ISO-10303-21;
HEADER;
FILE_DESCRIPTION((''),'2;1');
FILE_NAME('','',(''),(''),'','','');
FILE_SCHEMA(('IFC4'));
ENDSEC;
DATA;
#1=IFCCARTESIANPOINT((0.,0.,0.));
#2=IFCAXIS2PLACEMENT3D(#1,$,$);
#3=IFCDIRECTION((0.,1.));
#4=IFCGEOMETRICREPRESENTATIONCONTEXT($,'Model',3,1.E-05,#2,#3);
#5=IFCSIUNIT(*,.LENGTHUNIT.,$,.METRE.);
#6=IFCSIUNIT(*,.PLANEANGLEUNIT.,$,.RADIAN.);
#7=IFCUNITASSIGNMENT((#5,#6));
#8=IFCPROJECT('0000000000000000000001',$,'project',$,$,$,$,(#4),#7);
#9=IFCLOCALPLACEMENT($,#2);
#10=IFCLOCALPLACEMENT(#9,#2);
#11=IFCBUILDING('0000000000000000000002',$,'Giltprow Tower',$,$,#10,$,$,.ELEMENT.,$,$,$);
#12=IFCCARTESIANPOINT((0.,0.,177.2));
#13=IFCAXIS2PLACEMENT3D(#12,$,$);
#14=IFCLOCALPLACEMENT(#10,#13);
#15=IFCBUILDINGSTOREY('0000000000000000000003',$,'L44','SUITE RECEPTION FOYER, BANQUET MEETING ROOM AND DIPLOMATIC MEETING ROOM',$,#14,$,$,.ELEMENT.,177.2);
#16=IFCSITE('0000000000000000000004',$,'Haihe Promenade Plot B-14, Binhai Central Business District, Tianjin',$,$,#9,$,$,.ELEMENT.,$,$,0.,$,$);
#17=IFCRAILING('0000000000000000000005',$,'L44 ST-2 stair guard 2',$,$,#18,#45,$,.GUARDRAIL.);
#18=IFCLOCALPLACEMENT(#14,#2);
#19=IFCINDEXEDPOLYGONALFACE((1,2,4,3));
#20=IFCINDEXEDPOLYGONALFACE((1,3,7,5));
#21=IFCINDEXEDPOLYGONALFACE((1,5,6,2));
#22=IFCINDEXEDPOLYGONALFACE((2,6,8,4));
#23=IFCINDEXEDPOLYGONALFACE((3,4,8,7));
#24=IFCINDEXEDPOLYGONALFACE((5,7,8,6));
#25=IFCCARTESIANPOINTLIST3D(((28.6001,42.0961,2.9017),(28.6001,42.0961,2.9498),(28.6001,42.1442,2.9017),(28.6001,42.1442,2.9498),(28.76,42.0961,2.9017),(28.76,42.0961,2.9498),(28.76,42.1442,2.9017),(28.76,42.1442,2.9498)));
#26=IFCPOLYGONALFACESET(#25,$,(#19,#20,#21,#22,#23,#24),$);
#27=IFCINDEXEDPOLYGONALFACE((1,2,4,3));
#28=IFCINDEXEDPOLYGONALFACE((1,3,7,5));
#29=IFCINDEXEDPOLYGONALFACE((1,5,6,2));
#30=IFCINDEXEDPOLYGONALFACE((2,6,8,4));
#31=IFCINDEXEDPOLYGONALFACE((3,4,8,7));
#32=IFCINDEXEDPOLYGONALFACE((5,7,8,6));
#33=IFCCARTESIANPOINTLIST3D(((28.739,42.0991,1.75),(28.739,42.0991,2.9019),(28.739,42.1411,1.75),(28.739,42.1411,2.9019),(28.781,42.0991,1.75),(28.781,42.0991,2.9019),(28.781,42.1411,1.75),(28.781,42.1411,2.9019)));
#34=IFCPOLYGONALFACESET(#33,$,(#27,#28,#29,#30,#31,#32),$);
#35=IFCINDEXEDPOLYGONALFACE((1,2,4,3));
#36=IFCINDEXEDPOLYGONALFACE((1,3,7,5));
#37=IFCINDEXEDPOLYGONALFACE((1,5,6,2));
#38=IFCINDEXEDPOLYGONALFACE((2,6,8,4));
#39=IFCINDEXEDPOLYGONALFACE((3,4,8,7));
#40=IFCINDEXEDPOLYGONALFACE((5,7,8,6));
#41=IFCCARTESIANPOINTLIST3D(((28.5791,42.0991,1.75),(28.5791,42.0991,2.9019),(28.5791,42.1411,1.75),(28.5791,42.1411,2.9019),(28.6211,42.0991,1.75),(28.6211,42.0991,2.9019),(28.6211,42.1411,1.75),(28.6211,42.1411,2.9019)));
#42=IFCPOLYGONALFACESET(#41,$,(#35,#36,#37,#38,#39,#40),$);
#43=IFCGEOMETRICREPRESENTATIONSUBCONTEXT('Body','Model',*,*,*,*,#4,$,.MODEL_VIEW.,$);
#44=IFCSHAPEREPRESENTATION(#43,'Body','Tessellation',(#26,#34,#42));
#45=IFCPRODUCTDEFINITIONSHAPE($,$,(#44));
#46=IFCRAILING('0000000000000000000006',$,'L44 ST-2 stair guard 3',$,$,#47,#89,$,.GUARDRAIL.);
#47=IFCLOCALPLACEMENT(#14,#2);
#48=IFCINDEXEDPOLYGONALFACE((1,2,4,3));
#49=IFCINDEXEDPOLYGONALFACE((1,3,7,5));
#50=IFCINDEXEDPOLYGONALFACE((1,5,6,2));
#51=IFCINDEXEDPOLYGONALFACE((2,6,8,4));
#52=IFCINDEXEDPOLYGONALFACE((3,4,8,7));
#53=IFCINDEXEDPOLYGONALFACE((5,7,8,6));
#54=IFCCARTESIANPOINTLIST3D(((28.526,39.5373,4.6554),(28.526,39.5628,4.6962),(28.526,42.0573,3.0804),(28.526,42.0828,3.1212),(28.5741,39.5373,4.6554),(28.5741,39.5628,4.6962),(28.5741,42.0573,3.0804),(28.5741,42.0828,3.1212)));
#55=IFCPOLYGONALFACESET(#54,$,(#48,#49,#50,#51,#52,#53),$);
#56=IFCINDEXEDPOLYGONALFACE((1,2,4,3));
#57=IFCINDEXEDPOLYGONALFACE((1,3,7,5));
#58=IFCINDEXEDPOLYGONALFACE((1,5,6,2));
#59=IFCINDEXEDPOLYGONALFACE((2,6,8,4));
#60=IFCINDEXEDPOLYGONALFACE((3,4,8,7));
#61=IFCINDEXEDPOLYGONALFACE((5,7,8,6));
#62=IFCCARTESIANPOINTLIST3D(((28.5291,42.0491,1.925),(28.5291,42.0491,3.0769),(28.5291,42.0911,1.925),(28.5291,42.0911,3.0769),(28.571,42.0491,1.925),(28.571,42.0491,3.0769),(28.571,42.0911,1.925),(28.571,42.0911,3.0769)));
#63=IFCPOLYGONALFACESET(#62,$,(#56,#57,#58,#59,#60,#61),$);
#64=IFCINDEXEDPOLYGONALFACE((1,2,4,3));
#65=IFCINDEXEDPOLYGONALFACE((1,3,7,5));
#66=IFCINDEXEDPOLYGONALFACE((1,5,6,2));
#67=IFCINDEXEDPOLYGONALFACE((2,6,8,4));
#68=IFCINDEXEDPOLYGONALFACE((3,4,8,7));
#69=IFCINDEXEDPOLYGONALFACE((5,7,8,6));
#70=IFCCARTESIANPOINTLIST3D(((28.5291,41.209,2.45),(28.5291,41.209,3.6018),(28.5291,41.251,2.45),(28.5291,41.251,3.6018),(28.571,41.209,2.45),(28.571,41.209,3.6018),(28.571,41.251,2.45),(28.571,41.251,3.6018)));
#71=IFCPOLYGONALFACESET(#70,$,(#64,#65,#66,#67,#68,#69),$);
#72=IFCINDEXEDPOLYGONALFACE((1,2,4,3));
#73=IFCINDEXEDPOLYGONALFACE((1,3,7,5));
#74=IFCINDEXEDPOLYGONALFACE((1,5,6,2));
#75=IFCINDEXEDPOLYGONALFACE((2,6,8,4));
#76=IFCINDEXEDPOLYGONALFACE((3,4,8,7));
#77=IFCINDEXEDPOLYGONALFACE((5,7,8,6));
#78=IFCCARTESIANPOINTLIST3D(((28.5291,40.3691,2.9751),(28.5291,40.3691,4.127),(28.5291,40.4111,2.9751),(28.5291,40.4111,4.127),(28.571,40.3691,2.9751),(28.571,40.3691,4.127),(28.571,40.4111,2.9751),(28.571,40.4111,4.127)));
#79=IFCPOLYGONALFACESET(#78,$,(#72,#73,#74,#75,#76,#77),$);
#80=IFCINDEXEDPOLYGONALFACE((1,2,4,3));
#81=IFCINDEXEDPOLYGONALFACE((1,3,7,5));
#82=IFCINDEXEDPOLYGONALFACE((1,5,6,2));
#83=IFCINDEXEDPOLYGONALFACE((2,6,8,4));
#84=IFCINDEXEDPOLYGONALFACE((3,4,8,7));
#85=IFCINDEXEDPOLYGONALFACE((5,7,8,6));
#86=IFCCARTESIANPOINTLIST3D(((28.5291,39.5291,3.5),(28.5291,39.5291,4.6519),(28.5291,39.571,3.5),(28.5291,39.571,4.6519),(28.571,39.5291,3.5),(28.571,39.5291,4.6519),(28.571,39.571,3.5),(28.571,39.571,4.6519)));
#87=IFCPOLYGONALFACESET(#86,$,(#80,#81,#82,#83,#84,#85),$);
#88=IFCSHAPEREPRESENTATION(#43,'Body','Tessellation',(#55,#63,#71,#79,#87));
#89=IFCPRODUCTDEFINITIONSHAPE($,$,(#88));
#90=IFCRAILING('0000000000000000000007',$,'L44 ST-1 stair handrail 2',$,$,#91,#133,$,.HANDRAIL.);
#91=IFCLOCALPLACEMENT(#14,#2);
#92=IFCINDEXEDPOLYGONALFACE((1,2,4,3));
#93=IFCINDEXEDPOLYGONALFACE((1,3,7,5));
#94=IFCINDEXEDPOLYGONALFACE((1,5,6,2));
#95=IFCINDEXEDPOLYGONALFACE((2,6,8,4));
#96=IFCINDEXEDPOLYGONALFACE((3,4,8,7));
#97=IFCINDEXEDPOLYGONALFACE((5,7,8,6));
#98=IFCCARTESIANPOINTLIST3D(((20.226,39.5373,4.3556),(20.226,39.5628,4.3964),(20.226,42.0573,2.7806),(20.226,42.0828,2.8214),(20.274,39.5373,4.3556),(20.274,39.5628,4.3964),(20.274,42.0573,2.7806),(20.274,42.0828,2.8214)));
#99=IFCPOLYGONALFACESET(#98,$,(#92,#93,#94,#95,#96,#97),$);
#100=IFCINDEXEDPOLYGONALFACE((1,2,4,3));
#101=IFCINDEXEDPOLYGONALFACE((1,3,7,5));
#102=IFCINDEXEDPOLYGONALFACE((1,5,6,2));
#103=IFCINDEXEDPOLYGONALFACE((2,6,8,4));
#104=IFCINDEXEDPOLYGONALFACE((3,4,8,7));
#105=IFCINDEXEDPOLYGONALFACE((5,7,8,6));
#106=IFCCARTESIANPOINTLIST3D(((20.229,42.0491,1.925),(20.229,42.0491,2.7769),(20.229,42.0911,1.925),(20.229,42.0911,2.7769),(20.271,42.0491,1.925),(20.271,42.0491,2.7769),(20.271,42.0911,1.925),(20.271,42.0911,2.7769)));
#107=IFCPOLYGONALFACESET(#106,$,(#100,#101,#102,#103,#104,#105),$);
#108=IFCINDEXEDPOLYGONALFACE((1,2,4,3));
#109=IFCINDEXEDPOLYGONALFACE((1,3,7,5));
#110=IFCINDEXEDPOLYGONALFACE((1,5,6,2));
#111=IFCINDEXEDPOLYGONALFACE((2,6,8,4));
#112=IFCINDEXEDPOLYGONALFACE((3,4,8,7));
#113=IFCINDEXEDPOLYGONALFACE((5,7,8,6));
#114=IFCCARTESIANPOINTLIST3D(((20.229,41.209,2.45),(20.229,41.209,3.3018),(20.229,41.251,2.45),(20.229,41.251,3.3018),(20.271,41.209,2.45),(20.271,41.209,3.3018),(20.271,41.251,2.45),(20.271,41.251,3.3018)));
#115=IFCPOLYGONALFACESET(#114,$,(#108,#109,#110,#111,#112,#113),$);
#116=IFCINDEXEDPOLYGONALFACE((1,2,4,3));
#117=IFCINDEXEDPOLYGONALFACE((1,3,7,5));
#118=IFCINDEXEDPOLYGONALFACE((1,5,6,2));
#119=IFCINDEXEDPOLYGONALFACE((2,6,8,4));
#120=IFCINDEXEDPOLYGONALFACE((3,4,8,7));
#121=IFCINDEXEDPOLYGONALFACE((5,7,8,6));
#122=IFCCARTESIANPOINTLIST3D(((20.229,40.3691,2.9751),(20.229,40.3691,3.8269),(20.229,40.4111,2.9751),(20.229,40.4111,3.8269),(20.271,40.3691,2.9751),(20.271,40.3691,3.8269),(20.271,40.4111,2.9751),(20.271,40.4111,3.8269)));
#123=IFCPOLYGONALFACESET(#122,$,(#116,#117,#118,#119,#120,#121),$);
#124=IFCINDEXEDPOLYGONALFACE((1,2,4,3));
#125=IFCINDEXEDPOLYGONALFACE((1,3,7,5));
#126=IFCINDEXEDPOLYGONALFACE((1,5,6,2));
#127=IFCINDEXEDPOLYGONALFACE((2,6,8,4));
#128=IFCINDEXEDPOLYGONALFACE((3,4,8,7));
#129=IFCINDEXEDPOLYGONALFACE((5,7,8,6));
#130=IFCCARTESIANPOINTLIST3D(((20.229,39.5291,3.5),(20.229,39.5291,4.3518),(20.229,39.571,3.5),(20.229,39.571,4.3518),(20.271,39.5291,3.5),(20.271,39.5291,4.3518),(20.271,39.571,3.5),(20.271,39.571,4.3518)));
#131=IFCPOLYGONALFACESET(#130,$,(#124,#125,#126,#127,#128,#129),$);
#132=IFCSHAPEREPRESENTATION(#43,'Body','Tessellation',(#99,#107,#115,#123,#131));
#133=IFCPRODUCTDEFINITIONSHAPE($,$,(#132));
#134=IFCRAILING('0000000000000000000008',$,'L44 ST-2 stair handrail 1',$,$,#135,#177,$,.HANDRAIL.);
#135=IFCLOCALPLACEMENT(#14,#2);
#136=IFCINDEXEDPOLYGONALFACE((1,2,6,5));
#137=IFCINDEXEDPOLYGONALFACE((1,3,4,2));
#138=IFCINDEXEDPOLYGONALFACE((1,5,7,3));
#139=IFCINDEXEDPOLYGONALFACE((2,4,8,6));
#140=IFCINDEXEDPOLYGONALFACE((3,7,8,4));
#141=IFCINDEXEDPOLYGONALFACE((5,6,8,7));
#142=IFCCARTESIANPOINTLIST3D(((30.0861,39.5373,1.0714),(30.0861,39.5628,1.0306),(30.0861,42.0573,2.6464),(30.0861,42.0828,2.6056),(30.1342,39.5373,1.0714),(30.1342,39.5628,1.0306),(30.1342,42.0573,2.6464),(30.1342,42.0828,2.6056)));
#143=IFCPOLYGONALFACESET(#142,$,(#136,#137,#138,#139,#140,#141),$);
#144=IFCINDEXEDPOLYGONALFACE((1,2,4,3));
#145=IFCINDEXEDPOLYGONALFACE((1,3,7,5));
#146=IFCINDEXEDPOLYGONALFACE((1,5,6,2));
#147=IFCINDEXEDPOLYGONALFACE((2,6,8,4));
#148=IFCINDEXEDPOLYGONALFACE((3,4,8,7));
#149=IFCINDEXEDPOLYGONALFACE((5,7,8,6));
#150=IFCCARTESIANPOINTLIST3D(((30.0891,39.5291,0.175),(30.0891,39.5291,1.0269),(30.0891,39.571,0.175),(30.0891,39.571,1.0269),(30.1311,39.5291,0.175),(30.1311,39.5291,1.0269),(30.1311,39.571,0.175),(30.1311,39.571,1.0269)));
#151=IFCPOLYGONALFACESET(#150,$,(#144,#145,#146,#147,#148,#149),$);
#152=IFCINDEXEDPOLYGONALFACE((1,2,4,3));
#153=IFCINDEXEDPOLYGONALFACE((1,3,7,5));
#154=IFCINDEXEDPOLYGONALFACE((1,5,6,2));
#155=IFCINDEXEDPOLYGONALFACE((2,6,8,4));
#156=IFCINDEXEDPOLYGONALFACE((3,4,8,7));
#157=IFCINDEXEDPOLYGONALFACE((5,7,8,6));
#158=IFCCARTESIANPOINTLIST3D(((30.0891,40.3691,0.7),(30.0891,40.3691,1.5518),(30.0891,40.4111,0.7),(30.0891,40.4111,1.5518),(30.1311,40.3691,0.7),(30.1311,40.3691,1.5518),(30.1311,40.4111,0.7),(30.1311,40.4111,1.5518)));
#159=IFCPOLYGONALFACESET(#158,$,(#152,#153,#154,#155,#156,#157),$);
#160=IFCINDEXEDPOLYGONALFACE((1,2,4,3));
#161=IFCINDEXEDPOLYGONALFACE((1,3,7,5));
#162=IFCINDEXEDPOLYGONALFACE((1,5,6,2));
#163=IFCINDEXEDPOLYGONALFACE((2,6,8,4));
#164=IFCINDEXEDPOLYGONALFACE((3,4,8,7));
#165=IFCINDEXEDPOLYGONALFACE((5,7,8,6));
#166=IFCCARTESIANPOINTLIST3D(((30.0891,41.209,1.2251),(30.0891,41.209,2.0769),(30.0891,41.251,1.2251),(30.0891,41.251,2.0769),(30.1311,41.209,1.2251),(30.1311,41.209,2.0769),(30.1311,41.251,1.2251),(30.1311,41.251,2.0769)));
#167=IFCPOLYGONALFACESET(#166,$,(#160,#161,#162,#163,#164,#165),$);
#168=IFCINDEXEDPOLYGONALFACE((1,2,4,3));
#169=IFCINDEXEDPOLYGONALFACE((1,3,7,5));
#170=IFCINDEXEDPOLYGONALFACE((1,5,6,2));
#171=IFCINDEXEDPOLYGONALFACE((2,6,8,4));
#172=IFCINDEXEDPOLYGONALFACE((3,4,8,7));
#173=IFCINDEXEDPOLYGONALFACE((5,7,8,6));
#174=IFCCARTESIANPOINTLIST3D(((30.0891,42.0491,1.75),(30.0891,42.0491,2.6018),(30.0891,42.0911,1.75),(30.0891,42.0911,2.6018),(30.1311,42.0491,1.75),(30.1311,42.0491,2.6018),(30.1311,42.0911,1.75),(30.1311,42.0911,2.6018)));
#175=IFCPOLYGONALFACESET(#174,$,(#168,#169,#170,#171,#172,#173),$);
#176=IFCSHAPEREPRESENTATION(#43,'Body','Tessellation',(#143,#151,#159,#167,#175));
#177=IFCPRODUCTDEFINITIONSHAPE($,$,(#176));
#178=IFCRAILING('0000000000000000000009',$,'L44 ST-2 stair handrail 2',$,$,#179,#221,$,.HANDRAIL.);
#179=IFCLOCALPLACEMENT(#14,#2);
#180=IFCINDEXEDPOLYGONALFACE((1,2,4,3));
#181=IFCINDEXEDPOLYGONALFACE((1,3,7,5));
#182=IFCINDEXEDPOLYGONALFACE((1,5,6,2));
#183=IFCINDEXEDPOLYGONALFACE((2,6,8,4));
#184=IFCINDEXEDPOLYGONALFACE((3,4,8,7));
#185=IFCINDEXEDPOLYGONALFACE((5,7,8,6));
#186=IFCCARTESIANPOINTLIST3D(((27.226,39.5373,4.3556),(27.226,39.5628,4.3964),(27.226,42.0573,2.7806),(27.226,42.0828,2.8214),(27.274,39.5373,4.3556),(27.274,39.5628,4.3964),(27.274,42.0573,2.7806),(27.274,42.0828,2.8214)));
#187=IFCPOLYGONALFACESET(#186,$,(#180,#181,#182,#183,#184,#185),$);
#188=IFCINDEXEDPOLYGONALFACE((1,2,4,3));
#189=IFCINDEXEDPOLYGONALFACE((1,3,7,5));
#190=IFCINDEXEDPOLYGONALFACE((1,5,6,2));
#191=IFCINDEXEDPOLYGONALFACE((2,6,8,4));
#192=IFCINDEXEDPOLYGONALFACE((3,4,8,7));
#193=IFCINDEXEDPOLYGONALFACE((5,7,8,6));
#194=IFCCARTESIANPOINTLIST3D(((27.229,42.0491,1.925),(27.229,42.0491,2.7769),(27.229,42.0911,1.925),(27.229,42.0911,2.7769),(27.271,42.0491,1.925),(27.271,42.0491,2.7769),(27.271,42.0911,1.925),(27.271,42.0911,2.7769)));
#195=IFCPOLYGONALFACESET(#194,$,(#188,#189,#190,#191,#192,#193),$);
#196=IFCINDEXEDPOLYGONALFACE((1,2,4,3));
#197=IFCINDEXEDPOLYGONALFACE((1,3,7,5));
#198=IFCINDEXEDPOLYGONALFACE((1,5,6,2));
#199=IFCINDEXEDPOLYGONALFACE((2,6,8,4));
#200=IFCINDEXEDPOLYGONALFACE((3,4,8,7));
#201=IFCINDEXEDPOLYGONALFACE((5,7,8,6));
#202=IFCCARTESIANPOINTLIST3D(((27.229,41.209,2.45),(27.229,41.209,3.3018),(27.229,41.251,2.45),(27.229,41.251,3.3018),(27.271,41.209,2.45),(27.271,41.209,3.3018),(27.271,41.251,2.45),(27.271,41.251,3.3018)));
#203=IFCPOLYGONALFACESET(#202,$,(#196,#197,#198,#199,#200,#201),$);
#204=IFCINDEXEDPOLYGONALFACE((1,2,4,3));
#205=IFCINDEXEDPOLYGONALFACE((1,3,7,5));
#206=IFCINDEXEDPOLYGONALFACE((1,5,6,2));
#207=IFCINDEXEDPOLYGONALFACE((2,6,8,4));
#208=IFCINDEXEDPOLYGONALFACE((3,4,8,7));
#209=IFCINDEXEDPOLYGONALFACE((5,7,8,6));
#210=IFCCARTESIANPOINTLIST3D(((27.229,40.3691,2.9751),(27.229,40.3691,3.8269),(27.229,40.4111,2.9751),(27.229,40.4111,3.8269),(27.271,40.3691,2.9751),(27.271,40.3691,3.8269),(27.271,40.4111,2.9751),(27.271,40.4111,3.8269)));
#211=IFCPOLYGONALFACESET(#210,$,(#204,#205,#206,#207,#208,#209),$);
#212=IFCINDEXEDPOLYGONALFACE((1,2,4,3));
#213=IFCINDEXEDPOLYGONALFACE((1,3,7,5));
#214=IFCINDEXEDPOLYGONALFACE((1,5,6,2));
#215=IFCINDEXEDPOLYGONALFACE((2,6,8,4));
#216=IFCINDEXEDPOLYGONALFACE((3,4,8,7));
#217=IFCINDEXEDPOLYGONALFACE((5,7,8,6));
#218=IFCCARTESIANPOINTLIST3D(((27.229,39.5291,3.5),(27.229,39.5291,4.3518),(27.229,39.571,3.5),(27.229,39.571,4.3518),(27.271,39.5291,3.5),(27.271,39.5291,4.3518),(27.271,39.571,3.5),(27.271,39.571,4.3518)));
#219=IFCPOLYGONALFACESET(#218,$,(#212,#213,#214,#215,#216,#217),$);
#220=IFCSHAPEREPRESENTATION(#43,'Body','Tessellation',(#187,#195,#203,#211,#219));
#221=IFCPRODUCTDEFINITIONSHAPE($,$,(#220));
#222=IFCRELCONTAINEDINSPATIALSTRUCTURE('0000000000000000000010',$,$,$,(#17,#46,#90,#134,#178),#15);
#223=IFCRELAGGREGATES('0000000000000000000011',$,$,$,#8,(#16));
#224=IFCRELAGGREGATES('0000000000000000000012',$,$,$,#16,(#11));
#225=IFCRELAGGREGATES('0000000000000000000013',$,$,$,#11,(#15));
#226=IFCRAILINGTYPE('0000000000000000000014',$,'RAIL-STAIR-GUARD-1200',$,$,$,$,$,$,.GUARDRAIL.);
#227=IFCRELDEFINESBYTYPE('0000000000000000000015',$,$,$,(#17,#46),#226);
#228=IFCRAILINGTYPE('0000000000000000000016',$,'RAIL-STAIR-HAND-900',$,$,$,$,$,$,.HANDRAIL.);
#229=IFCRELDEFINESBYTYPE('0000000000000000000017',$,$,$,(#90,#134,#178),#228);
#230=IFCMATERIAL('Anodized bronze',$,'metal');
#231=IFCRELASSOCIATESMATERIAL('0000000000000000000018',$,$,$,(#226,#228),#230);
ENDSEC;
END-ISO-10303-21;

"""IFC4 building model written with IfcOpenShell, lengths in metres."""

from ifc_helpers import new_model, si_unit, direction, frame, origin, origin_2d, place, context, subcontext, project, spatial, rectangle, extrude, material, type_object, element, save


model = new_model("IFC4")

# Units and contexts
model_context = context("Model", 3, precision=1e-05, world=origin(), true_north=direction((0.0, 1.0)))
body_context = subcontext(model_context, "Body", "Model", "MODEL_VIEW")
ifc_project = project(units=[si_unit("LENGTHUNIT", "METRE"), si_unit("PLANEANGLEUNIT", "RADIAN")], contexts=[model_context])

# Site, building, storey
site_placement = place(None, origin())
site = spatial("IfcSite", under=ifc_project, at=site_placement, Name="Haihe Promenade Plot B-14, Binhai Central Business District, Tianjin", CompositionType="ELEMENT", RefElevation=0.0)
building_placement = place(site_placement, origin())
building = spatial("IfcBuilding", under=site, at=building_placement, Name="Giltprow Tower", CompositionType="ELEMENT")
storey_placement = place(building_placement, frame((0.0, 0.0, 177.2)))
storey = spatial("IfcBuildingStorey", under=building, at=storey_placement, Name="L44", Description="SUITE RECEPTION FOYER, BANQUET MEETING ROOM AND DIPLOMATIC MEETING ROOM", CompositionType="ELEMENT", Elevation=177.2)

# Railings
ifc_material_1 = material(Name="Anodized bronze", Category="metal")
railing_type_1 = type_object("IfcRailingType", Name="RAIL-STAIR-GUARD-1200", PredefinedType="GUARDRAIL", material=ifc_material_1)
railing_1_placement = place(storey_placement, frame((28.76, 42.1201, 1.75)))
element("IfcRailing", 1, at=railing_1_placement, inside=storey, type_object=railing_type_1, Name="L44 ST-2 stair guard 2", PredefinedType="GUARDRAIL", context=body_context, shape_type="SweptSolid", body=[
    extrude(rectangle(XDim=0.0481, YDim=0.0481, at=origin_2d()), frame((0.0, 0.0, 1.1758), z_axis=(-1.0, 0.0, 0.0), x_axis=(0.0, -1.0, 0.0)), (0.0, 0.0, 1.0), 0.1599),
    extrude(rectangle(XDim=0.042, YDim=0.042, at=origin_2d()), origin(), (0.0, 0.0, 1.0), 1.1519),
    extrude(rectangle(XDim=0.042, YDim=0.042, at=origin_2d()), frame((-0.1599, 0.0, 0.0)), (0.0, 0.0, 1.0), 1.1519),
])
railing_2_placement = place(storey_placement, frame((28.55, 42.0701, 1.925)))
element("IfcRailing", 2, at=railing_2_placement, inside=storey, type_object=railing_type_1, Name="L44 ST-2 stair guard 3", PredefinedType="GUARDRAIL", context=body_context, shape_type="SweptSolid", body=[
    extrude(rectangle(XDim=0.0481, YDim=0.0481, at=origin_2d()), frame((0.0, 0.0, 1.1758), z_axis=(0.0, -0.848008, 0.529984), x_axis=(1.0, 0.0, 0.0)), (0.0, 0.0, 1.0), 2.9717),
    extrude(rectangle(XDim=0.042, YDim=0.042, at=origin_2d()), origin(), (0.0, 0.0, 1.0), 1.1519),
    extrude(rectangle(XDim=0.042, YDim=0.042, at=origin_2d()), frame((0.0, -0.8401, 0.5249)), (0.0, 0.0, 1.0), 1.1519),
    extrude(rectangle(XDim=0.042, YDim=0.042, at=origin_2d()), frame((0.0, -1.6799, 1.05)), (0.0, 0.0, 1.0), 1.1519),
    extrude(rectangle(XDim=0.042, YDim=0.042, at=origin_2d()), frame((0.0, -2.52, 1.575)), (0.0, 0.0, 1.0), 1.1519),
])
railing_type_2 = type_object("IfcRailingType", Name="RAIL-STAIR-HAND-900", PredefinedType="HANDRAIL", material=ifc_material_1)
railing_3_placement = place(storey_placement, frame((20.25, 42.0701, 1.925)))
element("IfcRailing", 3, at=railing_3_placement, inside=storey, type_object=railing_type_2, Name="L44 ST-1 stair handrail 2", PredefinedType="HANDRAIL", context=body_context, shape_type="SweptSolid", body=[
    extrude(rectangle(XDim=0.0481, YDim=0.0481, at=origin_2d()), frame((0.0, 0.0, 0.876), z_axis=(0.0, -0.848008, 0.529984), x_axis=(1.0, 0.0, 0.0)), (0.0, 0.0, 1.0), 2.9717),
    extrude(rectangle(XDim=0.042, YDim=0.042, at=origin_2d()), origin(), (0.0, 0.0, 1.0), 0.8518),
    extrude(rectangle(XDim=0.042, YDim=0.042, at=origin_2d()), frame((0.0, -0.8401, 0.5249)), (0.0, 0.0, 1.0), 0.8518),
    extrude(rectangle(XDim=0.042, YDim=0.042, at=origin_2d()), frame((0.0, -1.6799, 1.05)), (0.0, 0.0, 1.0), 0.8518),
    extrude(rectangle(XDim=0.042, YDim=0.042, at=origin_2d()), frame((0.0, -2.52, 1.575)), (0.0, 0.0, 1.0), 0.8518),
])
railing_4_placement = place(storey_placement, frame((30.1101, 39.55, 0.175)))
element("IfcRailing", 4, at=railing_4_placement, inside=storey, type_object=railing_type_2, Name="L44 ST-2 stair handrail 1", PredefinedType="HANDRAIL", context=body_context, shape_type="SweptSolid", body=[
    extrude(rectangle(XDim=0.0481, YDim=0.0481, at=origin_2d()), frame((0.0, 0.0, 0.876), z_axis=(0.0, 0.848008, 0.529984), x_axis=(-1.0, 0.0, 0.0)), (0.0, 0.0, 1.0), 2.9717),
    extrude(rectangle(XDim=0.042, YDim=0.042, at=origin_2d()), origin(), (0.0, 0.0, 1.0), 0.8518),
    extrude(rectangle(XDim=0.042, YDim=0.042, at=origin_2d()), frame((0.0, 0.8401, 0.5249)), (0.0, 0.0, 1.0), 0.8518),
    extrude(rectangle(XDim=0.042, YDim=0.042, at=origin_2d()), frame((0.0, 1.6799, 1.05)), (0.0, 0.0, 1.0), 0.8518),
    extrude(rectangle(XDim=0.042, YDim=0.042, at=origin_2d()), frame((0.0, 2.52, 1.575)), (0.0, 0.0, 1.0), 0.8518),
])
railing_5_placement = place(storey_placement, frame((27.25, 42.0701, 1.925)))
element("IfcRailing", 5, at=railing_5_placement, inside=storey, type_object=railing_type_2, Name="L44 ST-2 stair handrail 2", PredefinedType="HANDRAIL", context=body_context, shape_type="SweptSolid", body=[
    extrude(rectangle(XDim=0.0481, YDim=0.0481, at=origin_2d()), frame((0.0, 0.0, 0.876), z_axis=(0.0, -0.848008, 0.529984), x_axis=(1.0, 0.0, 0.0)), (0.0, 0.0, 1.0), 2.9717),
    extrude(rectangle(XDim=0.042, YDim=0.042, at=origin_2d()), origin(), (0.0, 0.0, 1.0), 0.8518),
    extrude(rectangle(XDim=0.042, YDim=0.042, at=origin_2d()), frame((0.0, -0.8401, 0.5249)), (0.0, 0.0, 1.0), 0.8518),
    extrude(rectangle(XDim=0.042, YDim=0.042, at=origin_2d()), frame((0.0, -1.6799, 1.05)), (0.0, 0.0, 1.0), 0.8518),
    extrude(rectangle(XDim=0.042, YDim=0.042, at=origin_2d()), frame((0.0, -2.52, 1.575)), (0.0, 0.0, 1.0), 0.8518),
])

save(model, "model.ifc")
